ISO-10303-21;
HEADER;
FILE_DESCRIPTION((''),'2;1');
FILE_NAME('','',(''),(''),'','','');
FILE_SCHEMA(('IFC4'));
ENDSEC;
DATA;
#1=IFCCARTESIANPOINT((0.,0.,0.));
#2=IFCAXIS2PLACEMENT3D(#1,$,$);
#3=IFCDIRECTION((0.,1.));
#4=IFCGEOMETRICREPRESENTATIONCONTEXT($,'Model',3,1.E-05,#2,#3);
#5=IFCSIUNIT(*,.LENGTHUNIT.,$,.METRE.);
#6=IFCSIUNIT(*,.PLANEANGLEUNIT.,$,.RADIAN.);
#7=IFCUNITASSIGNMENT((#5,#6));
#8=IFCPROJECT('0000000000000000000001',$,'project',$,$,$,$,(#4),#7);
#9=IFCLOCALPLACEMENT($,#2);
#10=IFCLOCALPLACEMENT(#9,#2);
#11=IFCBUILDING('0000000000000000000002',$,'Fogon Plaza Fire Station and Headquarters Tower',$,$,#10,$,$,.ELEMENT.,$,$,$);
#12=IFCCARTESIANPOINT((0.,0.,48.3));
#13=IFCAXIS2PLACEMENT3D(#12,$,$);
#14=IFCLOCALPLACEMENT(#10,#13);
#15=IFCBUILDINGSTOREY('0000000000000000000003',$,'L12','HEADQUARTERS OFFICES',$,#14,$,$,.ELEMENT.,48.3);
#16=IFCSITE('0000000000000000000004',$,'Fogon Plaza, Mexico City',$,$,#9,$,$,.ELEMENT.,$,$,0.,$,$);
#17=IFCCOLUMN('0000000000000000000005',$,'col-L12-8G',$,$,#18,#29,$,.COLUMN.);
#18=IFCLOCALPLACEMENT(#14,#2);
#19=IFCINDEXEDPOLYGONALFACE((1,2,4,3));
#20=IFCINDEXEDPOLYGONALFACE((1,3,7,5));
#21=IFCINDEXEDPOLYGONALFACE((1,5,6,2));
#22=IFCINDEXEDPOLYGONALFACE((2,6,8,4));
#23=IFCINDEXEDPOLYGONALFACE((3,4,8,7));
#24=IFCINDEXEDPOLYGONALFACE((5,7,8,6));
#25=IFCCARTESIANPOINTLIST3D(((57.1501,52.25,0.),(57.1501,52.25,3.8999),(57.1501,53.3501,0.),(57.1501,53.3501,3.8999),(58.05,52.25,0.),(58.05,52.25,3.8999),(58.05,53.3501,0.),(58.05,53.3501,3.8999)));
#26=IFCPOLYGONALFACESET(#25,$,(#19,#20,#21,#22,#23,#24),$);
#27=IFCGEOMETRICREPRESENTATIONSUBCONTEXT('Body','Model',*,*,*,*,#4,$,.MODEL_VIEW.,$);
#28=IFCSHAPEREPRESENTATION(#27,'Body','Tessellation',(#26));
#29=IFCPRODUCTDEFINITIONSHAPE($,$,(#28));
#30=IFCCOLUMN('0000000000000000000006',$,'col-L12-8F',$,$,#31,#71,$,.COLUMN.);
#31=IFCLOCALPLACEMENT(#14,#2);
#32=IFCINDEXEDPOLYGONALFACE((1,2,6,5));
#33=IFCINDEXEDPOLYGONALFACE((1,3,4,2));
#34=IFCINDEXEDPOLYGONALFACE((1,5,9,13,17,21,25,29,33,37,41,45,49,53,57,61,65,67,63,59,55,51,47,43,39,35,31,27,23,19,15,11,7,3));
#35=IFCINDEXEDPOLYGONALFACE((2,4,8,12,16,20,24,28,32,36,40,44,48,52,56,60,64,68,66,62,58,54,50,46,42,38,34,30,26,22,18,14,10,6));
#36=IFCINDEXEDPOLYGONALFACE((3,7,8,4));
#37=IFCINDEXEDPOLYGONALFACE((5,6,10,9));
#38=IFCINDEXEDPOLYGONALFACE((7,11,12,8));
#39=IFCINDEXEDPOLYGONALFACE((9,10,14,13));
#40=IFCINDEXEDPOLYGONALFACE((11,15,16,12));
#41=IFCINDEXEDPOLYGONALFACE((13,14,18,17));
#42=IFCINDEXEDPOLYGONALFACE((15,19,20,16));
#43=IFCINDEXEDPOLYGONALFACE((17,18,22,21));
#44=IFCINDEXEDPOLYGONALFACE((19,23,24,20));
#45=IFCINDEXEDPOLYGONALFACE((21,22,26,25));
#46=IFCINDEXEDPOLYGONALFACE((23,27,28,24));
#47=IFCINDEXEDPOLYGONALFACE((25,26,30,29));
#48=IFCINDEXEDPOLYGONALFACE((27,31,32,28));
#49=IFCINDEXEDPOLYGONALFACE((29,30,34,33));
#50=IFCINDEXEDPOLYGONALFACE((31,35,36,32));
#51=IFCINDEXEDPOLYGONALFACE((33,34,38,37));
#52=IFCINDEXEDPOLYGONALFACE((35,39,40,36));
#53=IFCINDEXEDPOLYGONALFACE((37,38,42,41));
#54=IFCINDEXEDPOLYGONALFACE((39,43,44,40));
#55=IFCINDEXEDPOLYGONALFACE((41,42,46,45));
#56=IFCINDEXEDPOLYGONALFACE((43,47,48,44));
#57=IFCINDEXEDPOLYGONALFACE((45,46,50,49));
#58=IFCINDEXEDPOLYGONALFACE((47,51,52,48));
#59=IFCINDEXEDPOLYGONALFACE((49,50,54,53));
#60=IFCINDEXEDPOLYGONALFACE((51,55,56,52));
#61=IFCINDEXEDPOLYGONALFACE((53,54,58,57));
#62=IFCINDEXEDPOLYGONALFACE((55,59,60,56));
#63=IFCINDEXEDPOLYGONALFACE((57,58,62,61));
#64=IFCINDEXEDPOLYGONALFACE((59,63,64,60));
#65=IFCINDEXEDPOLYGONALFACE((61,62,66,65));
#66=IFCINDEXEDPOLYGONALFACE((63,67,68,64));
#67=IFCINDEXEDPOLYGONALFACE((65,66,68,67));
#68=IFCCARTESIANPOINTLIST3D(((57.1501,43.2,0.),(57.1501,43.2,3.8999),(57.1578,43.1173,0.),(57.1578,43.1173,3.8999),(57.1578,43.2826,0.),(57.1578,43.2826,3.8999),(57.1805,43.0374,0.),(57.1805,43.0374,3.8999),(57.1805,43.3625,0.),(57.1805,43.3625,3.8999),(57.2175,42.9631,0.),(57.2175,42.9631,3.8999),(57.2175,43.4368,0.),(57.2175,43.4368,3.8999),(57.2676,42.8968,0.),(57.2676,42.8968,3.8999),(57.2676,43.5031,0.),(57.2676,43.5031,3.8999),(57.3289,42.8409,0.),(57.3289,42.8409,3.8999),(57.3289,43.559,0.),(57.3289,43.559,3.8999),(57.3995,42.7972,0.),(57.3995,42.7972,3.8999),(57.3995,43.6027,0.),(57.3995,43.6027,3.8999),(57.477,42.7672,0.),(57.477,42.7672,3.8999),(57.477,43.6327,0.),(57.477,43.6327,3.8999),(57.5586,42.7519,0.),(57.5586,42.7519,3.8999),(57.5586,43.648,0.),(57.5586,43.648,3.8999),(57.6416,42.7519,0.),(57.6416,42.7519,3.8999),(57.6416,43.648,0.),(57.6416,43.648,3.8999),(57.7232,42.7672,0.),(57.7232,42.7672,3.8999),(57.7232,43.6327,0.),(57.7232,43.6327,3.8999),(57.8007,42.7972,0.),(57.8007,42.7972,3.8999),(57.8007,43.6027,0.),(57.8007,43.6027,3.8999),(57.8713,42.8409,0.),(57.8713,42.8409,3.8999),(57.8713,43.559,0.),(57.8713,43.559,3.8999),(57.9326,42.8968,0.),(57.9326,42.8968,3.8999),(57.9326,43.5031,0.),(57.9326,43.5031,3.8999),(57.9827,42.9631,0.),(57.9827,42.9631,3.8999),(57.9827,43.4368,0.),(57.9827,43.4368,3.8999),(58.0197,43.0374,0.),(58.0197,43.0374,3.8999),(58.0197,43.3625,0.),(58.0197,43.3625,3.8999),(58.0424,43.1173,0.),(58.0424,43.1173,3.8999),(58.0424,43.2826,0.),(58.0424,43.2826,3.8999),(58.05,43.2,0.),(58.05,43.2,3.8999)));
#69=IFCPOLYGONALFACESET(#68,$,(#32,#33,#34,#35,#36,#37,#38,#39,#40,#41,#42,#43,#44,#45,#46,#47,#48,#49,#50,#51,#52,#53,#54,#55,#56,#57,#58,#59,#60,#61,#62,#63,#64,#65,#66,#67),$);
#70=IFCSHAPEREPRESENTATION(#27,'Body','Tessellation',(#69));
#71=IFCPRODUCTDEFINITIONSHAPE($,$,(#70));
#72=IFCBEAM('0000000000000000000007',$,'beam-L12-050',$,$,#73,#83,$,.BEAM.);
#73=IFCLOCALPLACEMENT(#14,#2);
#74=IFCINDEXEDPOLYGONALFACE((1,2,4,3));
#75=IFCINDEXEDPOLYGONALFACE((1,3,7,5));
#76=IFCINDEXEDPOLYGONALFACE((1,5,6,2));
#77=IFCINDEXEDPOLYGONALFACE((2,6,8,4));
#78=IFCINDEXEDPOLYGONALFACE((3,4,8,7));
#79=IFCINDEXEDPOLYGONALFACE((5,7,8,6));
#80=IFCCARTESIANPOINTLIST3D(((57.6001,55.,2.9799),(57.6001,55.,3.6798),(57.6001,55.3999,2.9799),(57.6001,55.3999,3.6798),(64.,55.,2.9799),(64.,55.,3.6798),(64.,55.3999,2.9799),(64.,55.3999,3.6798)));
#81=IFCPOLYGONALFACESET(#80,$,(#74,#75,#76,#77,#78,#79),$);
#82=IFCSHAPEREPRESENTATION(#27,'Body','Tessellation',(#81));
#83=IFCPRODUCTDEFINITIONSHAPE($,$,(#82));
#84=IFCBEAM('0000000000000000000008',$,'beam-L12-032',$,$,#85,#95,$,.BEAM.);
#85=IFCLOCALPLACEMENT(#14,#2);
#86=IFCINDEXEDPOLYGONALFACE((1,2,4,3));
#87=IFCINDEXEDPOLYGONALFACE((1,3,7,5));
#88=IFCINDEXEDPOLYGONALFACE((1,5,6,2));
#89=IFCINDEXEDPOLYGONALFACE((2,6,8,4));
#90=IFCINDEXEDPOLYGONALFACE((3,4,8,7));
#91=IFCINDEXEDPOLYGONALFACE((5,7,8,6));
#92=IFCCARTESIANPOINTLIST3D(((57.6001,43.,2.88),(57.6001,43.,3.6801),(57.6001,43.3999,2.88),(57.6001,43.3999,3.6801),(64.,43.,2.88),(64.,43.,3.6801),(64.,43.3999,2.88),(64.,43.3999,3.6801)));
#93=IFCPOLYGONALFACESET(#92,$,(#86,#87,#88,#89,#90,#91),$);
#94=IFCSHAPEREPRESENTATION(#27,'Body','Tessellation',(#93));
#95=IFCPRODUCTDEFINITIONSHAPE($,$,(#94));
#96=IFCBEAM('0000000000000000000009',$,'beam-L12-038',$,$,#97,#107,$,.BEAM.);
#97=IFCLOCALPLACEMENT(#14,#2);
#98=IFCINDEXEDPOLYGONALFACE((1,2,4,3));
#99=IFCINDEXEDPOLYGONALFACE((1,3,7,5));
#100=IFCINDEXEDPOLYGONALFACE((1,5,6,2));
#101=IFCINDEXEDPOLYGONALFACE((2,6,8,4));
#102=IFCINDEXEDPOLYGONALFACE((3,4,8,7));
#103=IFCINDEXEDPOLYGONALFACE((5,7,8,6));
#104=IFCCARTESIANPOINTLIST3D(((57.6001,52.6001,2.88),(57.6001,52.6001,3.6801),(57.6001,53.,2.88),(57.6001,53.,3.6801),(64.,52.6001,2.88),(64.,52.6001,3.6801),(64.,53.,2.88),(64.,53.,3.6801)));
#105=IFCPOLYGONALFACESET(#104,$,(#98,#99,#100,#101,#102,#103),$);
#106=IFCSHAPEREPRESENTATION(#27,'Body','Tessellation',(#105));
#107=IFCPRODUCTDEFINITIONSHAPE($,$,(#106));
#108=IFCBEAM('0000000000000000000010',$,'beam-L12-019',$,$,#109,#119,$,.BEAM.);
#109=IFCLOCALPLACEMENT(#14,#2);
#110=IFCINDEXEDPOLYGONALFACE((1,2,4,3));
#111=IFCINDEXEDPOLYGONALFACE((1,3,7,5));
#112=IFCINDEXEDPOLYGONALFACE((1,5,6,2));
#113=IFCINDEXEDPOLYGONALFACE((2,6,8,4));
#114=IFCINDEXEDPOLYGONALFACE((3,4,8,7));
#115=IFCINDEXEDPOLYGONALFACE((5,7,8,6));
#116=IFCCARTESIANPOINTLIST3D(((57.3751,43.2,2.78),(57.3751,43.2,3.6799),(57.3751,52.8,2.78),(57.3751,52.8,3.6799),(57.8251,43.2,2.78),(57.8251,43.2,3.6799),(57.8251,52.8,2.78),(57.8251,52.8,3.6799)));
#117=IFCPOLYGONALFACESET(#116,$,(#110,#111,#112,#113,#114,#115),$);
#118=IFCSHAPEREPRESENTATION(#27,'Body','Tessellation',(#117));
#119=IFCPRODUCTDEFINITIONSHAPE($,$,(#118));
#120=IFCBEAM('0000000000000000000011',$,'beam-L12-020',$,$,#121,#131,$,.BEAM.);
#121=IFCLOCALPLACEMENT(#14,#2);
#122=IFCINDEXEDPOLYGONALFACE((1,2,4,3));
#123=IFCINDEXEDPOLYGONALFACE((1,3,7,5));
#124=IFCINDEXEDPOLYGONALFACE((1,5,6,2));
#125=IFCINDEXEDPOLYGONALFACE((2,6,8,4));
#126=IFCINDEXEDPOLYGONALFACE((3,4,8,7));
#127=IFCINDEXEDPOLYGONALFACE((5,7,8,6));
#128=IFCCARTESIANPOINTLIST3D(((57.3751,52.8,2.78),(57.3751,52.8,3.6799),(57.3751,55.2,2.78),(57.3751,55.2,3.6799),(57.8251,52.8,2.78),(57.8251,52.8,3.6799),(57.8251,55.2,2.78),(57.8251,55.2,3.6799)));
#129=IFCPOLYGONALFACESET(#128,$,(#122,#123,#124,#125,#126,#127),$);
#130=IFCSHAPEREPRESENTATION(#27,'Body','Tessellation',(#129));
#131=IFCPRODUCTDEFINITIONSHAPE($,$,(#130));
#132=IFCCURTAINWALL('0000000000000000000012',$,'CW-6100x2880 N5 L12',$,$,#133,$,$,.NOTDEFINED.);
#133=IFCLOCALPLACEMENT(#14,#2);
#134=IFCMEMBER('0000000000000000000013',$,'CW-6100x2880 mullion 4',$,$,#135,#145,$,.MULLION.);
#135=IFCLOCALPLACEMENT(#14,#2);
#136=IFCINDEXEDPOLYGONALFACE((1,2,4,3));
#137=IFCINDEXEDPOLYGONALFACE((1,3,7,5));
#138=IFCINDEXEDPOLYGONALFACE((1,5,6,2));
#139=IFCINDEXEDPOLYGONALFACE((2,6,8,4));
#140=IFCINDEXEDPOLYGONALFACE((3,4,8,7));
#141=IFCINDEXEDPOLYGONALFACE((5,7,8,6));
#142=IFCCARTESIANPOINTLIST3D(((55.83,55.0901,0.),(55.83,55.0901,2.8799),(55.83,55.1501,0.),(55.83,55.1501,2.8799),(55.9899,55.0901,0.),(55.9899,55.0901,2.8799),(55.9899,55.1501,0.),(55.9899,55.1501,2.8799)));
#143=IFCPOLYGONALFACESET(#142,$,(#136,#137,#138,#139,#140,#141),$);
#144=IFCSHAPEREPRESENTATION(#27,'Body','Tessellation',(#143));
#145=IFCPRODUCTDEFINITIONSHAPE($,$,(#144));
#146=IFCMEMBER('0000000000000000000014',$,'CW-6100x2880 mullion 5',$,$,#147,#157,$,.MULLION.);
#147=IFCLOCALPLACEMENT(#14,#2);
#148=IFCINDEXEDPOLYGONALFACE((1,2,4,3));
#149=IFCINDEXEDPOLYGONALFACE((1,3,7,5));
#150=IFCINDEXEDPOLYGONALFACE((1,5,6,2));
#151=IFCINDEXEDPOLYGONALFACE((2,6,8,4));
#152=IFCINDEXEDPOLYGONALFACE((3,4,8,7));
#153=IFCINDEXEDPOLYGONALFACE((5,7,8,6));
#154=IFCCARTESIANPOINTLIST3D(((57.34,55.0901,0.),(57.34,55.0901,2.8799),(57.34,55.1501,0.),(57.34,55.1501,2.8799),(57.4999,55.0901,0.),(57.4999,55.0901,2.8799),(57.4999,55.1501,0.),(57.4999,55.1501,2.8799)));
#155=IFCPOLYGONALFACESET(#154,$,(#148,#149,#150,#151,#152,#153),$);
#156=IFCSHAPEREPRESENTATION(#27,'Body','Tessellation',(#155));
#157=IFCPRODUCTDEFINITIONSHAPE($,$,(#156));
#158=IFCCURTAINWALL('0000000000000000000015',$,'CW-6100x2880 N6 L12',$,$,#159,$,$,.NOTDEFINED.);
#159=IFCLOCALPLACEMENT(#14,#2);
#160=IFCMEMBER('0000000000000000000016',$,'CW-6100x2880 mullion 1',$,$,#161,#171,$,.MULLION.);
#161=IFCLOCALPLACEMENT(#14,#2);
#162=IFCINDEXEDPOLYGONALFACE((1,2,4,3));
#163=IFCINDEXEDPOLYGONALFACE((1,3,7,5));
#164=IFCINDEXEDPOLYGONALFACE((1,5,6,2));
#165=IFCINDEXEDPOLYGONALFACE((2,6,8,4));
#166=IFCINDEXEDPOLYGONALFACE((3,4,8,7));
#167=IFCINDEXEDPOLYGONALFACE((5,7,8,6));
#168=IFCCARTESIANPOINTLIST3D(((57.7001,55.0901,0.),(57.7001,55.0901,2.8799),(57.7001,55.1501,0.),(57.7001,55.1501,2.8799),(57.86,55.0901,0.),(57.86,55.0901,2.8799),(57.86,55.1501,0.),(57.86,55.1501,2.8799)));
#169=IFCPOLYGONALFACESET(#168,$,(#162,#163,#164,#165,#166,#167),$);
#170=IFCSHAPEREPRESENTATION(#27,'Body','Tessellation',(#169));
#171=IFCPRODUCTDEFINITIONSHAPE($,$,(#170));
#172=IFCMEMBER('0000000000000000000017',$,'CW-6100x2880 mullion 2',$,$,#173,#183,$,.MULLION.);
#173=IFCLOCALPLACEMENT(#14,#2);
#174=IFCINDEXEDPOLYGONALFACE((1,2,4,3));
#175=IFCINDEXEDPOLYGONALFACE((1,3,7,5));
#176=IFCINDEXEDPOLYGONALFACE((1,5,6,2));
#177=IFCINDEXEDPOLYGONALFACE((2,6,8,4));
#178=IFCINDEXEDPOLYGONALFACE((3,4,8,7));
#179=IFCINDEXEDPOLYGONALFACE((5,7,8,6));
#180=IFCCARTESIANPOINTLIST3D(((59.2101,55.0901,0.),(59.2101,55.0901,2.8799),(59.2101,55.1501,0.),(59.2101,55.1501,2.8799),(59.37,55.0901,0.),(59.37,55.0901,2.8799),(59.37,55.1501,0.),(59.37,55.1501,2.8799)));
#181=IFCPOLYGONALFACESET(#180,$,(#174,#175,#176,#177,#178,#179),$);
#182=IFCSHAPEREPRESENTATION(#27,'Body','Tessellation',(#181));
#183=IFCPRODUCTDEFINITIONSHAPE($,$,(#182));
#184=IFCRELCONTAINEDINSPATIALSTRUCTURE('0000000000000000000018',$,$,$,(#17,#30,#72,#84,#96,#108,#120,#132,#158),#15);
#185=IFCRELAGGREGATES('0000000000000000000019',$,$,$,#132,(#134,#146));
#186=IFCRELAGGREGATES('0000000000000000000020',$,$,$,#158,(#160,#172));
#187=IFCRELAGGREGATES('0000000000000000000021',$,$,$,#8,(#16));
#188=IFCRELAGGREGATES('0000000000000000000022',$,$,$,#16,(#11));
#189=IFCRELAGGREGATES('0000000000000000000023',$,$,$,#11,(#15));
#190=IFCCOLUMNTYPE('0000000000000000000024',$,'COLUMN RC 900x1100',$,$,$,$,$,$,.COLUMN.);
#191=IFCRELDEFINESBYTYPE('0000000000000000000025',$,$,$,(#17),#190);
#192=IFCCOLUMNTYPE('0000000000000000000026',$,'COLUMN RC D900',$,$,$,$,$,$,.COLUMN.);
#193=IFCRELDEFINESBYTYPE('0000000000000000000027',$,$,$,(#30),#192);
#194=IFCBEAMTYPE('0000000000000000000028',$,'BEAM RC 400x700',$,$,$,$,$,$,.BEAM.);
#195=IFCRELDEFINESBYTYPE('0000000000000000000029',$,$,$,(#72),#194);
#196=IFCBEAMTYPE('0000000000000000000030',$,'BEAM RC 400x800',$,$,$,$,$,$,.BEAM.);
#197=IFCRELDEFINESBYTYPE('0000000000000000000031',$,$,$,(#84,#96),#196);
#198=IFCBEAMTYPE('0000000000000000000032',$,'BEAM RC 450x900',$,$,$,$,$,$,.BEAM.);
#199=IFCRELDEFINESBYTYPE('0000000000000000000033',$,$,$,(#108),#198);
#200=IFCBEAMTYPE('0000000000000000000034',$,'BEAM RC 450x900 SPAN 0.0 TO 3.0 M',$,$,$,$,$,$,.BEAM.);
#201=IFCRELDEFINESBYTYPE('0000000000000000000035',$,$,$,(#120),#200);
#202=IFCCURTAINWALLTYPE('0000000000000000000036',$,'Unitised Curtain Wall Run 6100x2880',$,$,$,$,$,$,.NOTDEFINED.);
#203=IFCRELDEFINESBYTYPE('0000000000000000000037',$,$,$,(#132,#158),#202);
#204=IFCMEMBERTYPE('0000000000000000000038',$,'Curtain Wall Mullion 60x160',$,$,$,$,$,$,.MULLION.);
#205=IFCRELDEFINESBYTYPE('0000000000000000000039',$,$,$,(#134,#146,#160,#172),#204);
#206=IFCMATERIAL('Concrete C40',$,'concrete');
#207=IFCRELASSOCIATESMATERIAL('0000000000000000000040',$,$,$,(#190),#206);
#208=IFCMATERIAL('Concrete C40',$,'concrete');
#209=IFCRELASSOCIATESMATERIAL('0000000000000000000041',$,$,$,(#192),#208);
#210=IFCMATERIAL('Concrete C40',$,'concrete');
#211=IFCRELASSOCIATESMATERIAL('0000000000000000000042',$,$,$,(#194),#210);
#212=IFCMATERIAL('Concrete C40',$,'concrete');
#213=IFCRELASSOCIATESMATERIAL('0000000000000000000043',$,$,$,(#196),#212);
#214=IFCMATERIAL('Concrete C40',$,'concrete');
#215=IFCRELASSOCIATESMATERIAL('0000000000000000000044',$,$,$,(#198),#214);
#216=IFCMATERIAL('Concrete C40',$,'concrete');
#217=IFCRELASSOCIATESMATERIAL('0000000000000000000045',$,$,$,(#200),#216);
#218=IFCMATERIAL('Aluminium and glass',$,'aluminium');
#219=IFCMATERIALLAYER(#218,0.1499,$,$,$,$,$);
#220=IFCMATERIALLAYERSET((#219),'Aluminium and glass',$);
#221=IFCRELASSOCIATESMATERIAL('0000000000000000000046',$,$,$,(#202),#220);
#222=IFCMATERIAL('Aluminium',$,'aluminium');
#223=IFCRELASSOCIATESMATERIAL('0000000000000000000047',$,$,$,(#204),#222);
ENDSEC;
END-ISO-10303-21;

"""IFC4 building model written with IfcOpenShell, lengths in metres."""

from ifc_helpers import new_model, si_unit, direction, frame, origin, origin_2d, place, context, subcontext, project, spatial, rectangle, circle, extrude, material, layer, layer_set, material_profile, profile_set, type_object, element, aggregate, save


model = new_model("IFC4")

# Units and contexts
model_context = context("Model", 3, precision=1e-05, world=origin(), true_north=direction((0.0, 1.0)))
body_context = subcontext(model_context, "Body", "Model", "MODEL_VIEW")
ifc_project = project(units=[si_unit("LENGTHUNIT", "METRE"), si_unit("PLANEANGLEUNIT", "RADIAN")], contexts=[model_context])

# Site, building, storey
site_placement = place(None, origin())
site = spatial("IfcSite", under=ifc_project, at=site_placement, Name="Fogon Plaza, Mexico City", CompositionType="ELEMENT", RefElevation=0.0)
building_placement = place(site_placement, origin())
building = spatial("IfcBuilding", under=site, at=building_placement, Name="Fogon Plaza Fire Station and Headquarters Tower", CompositionType="ELEMENT")
storey_placement = place(building_placement, frame((0.0, 0.0, 48.3)))
storey = spatial("IfcBuildingStorey", under=building, at=storey_placement, Name="L12", Description="HEADQUARTERS OFFICES", CompositionType="ELEMENT", Elevation=48.3)

# Columns
ifc_material_1 = material(Name="Concrete C40", Category="concrete")
ifc_material_profile_1 = material_profile(ifc_material_1, rectangle(XDim=0.8999, YDim=1.1001, at=origin_2d()), Name="RC 900x1100")
ifc_profile_set_1 = profile_set([ifc_material_profile_1], Name="Concrete C40")
column_type_1 = type_object("IfcColumnType", Name="COLUMN RC 900x1100", PredefinedType="COLUMN", material=ifc_profile_set_1)
column_1_placement = place(storey_placement, frame((57.6001, 52.8, 0.0), z_axis=(0.0, 0.0, 1.0), x_axis=(1.0, 0.0, 0.0)))
element("IfcColumn", 1, at=column_1_placement, inside=storey, type_object=column_type_1, Name="col-L12-8G", PredefinedType="COLUMN", context=body_context, shape_type="SweptSolid", body=[
    extrude(rectangle(XDim=0.8999, YDim=1.1001, at=origin_2d()), origin(), (0.0, 0.0, 1.0), 3.8999),
])
ifc_material_2 = material(Name="Concrete C40", Category="concrete")
ifc_material_profile_2 = material_profile(ifc_material_2, circle(Radius=0.45, at=origin_2d()), Name="RC D900")
ifc_profile_set_2 = profile_set([ifc_material_profile_2], Name="Concrete C40")
column_type_2 = type_object("IfcColumnType", Name="COLUMN RC D900", PredefinedType="COLUMN", material=ifc_profile_set_2)
column_2_placement = place(storey_placement, frame((57.6001, 43.2, 0.0), z_axis=(0.0, 0.0, 1.0), x_axis=(1.0, 0.0, 0.0)))
element("IfcColumn", 2, at=column_2_placement, inside=storey, type_object=column_type_2, Name="col-L12-8F", PredefinedType="COLUMN", context=body_context, shape_type="SweptSolid", body=[
    extrude(circle(Radius=0.45, at=origin_2d()), origin(), (0.0, 0.0, 1.0), 3.8999),
])

# Beams
ifc_material_3 = material(Name="Concrete C40", Category="concrete")
ifc_material_profile_3 = material_profile(ifc_material_3, rectangle(XDim=0.3999, YDim=0.7, at=origin_2d()), Name="RC 400x700")
ifc_profile_set_3 = profile_set([ifc_material_profile_3], Name="Concrete C40")
beam_type_1 = type_object("IfcBeamType", Name="BEAM RC 400x700", PredefinedType="BEAM", material=ifc_profile_set_3)
beam_1_placement = place(storey_placement, frame((57.6001, 55.2, 3.3298), z_axis=(1.0, 0.0, 0.0), x_axis=(0.0, 1.0, 0.0)))
element("IfcBeam", 3, at=beam_1_placement, inside=storey, type_object=beam_type_1, Name="beam-L12-050", PredefinedType="BEAM", context=body_context, shape_type="SweptSolid", body=[
    extrude(rectangle(XDim=0.3999, YDim=0.7, at=origin_2d()), origin(), (0.0, 0.0, 1.0), 6.3999),
])
ifc_material_4 = material(Name="Concrete C40", Category="concrete")
ifc_material_profile_4 = material_profile(ifc_material_4, rectangle(XDim=0.3999, YDim=0.8, at=origin_2d()), Name="RC 400x800")
ifc_profile_set_4 = profile_set([ifc_material_profile_4], Name="Concrete C40")
beam_type_2 = type_object("IfcBeamType", Name="BEAM RC 400x800", PredefinedType="BEAM", material=ifc_profile_set_4)
for number, where, z_axis, x_axis, name in (
    (4, (57.6001, 43.2, 3.28), (1.0, 0.0, 0.0), (0.0, 1.0, 0.0), "beam-L12-032"),
    (5, (57.6001, 52.8, 3.28), (1.0, 0.0, 0.0), (0.0, 1.0, 0.0), "beam-L12-038"),
):
    element("IfcBeam", number, at=place(storey_placement, frame(where, z_axis=z_axis, x_axis=x_axis)), inside=storey, type_object=beam_type_2, Name=name, PredefinedType="BEAM", context=body_context, shape_type="SweptSolid", body=[
        extrude(rectangle(XDim=0.3999, YDim=0.8, at=origin_2d()), origin(), (0.0, 0.0, 1.0), 6.3999),
    ])
ifc_material_5 = material(Name="Concrete C40", Category="concrete")
ifc_material_profile_5 = material_profile(ifc_material_5, rectangle(XDim=0.45, YDim=0.8999, at=origin_2d()), Name="RC 450x900")
ifc_profile_set_5 = profile_set([ifc_material_profile_5], Name="Concrete C40")
beam_type_3 = type_object("IfcBeamType", Name="BEAM RC 450x900", PredefinedType="BEAM", material=ifc_profile_set_5)
beam_2_placement = place(storey_placement, frame((57.6001, 43.2, 3.23), z_axis=(0.0, 1.0, 0.0), x_axis=(-1.0, 0.0, 0.0)))
element("IfcBeam", 6, at=beam_2_placement, inside=storey, type_object=beam_type_3, Name="beam-L12-019", PredefinedType="BEAM", context=body_context, shape_type="SweptSolid", body=[
    extrude(rectangle(XDim=0.45, YDim=0.8999, at=origin_2d()), origin(), (0.0, 0.0, 1.0), 9.6001),
])
ifc_material_6 = material(Name="Concrete C40", Category="concrete")
ifc_material_profile_6 = material_profile(ifc_material_6, rectangle(XDim=0.45, YDim=0.8999, at=origin_2d()), Name="RC 450x900")
ifc_profile_set_6 = profile_set([ifc_material_profile_6], Name="Concrete C40")
beam_type_4 = type_object("IfcBeamType", Name="BEAM RC 450x900 SPAN 0.0 TO 3.0 M", PredefinedType="BEAM", material=ifc_profile_set_6)
beam_3_placement = place(storey_placement, frame((57.6001, 52.8, 3.23), z_axis=(0.0, 1.0, 0.0), x_axis=(-1.0, 0.0, 0.0)))
element("IfcBeam", 7, at=beam_3_placement, inside=storey, type_object=beam_type_4, Name="beam-L12-020", PredefinedType="BEAM", context=body_context, shape_type="SweptSolid", body=[
    extrude(rectangle(XDim=0.45, YDim=0.8999, at=origin_2d()), origin(), (0.0, 0.0, 1.0), 2.3999),
])

# Curtain walls, members
ifc_material_7 = material(Name="Aluminium and glass", Category="aluminium")
ifc_layer_1 = layer(ifc_material_7, 0.1499)
ifc_layer_set_1 = layer_set([ifc_layer_1], Name="Aluminium and glass")
curtain_wall_type = type_object("IfcCurtainWallType", Name="Unitised Curtain Wall Run 6100x2880", PredefinedType="NOTDEFINED", material=ifc_layer_set_1)
curtain_wall_1_placement = place(storey_placement, origin())
curtain_wall_1 = element("IfcCurtainWall", 8, at=curtain_wall_1_placement, inside=storey, type_object=curtain_wall_type, Name="CW-6100x2880 N5 L12", PredefinedType="NOTDEFINED")
ifc_material_8 = material(Name="Aluminium", Category="aluminium")
ifc_material_profile_7 = material_profile(ifc_material_8, rectangle(XDim=0.0601, YDim=0.1599, at=origin_2d()), Name="Curtain Wall Mullion 60x160")
ifc_profile_set_7 = profile_set([ifc_material_profile_7], Name="Aluminium")
member_type_1 = type_object("IfcMemberType", Name="Curtain Wall Mullion 60x160", PredefinedType="MULLION", material=ifc_profile_set_7)
member_1_placement = place(storey_placement, frame((55.9099, 55.1201, 0.0), z_axis=(0.0, 0.0, 1.0), x_axis=(0.0, 1.0, 0.0)))
member_1 = element("IfcMember", 9, at=member_1_placement, type_object=member_type_1, Name="CW-6100x2880 mullion 4", PredefinedType="MULLION", context=body_context, shape_type="SweptSolid", body=[
    extrude(rectangle(XDim=0.0601, YDim=0.1599, at=origin_2d()), origin(), (0.0, 0.0, 1.0), 2.8799),
])
member_2_placement = place(storey_placement, frame((57.4199, 55.1201, 0.0), z_axis=(0.0, 0.0, 1.0), x_axis=(0.0, 1.0, 0.0)))
member_2 = element("IfcMember", 10, at=member_2_placement, type_object=member_type_1, Name="CW-6100x2880 mullion 5", PredefinedType="MULLION", context=body_context, shape_type="SweptSolid", body=[
    extrude(rectangle(XDim=0.0601, YDim=0.1599, at=origin_2d()), origin(), (0.0, 0.0, 1.0), 2.8799),
])
curtain_wall_2_placement = place(storey_placement, origin())
curtain_wall_2 = element("IfcCurtainWall", 11, at=curtain_wall_2_placement, inside=storey, type_object=curtain_wall_type, Name="CW-6100x2880 N6 L12", PredefinedType="NOTDEFINED")
member_3_placement = place(storey_placement, frame((57.78, 55.1201, 0.0), z_axis=(0.0, 0.0, 1.0), x_axis=(0.0, 1.0, 0.0)))
member_3 = element("IfcMember", 12, at=member_3_placement, type_object=member_type_1, Name="CW-6100x2880 mullion 1", PredefinedType="MULLION", context=body_context, shape_type="SweptSolid", body=[
    extrude(rectangle(XDim=0.0601, YDim=0.1599, at=origin_2d()), origin(), (0.0, 0.0, 1.0), 2.8799),
])
member_4_placement = place(storey_placement, frame((59.29, 55.1201, 0.0), z_axis=(0.0, 0.0, 1.0), x_axis=(0.0, 1.0, 0.0)))
member_4 = element("IfcMember", 13, at=member_4_placement, type_object=member_type_1, Name="CW-6100x2880 mullion 2", PredefinedType="MULLION", context=body_context, shape_type="SweptSolid", body=[
    extrude(rectangle(XDim=0.0601, YDim=0.1599, at=origin_2d()), origin(), (0.0, 0.0, 1.0), 2.8799),
])

aggregate(curtain_wall_1, [member_1, member_2])
aggregate(curtain_wall_2, [member_3, member_4])

save(model, "model.ifc")
